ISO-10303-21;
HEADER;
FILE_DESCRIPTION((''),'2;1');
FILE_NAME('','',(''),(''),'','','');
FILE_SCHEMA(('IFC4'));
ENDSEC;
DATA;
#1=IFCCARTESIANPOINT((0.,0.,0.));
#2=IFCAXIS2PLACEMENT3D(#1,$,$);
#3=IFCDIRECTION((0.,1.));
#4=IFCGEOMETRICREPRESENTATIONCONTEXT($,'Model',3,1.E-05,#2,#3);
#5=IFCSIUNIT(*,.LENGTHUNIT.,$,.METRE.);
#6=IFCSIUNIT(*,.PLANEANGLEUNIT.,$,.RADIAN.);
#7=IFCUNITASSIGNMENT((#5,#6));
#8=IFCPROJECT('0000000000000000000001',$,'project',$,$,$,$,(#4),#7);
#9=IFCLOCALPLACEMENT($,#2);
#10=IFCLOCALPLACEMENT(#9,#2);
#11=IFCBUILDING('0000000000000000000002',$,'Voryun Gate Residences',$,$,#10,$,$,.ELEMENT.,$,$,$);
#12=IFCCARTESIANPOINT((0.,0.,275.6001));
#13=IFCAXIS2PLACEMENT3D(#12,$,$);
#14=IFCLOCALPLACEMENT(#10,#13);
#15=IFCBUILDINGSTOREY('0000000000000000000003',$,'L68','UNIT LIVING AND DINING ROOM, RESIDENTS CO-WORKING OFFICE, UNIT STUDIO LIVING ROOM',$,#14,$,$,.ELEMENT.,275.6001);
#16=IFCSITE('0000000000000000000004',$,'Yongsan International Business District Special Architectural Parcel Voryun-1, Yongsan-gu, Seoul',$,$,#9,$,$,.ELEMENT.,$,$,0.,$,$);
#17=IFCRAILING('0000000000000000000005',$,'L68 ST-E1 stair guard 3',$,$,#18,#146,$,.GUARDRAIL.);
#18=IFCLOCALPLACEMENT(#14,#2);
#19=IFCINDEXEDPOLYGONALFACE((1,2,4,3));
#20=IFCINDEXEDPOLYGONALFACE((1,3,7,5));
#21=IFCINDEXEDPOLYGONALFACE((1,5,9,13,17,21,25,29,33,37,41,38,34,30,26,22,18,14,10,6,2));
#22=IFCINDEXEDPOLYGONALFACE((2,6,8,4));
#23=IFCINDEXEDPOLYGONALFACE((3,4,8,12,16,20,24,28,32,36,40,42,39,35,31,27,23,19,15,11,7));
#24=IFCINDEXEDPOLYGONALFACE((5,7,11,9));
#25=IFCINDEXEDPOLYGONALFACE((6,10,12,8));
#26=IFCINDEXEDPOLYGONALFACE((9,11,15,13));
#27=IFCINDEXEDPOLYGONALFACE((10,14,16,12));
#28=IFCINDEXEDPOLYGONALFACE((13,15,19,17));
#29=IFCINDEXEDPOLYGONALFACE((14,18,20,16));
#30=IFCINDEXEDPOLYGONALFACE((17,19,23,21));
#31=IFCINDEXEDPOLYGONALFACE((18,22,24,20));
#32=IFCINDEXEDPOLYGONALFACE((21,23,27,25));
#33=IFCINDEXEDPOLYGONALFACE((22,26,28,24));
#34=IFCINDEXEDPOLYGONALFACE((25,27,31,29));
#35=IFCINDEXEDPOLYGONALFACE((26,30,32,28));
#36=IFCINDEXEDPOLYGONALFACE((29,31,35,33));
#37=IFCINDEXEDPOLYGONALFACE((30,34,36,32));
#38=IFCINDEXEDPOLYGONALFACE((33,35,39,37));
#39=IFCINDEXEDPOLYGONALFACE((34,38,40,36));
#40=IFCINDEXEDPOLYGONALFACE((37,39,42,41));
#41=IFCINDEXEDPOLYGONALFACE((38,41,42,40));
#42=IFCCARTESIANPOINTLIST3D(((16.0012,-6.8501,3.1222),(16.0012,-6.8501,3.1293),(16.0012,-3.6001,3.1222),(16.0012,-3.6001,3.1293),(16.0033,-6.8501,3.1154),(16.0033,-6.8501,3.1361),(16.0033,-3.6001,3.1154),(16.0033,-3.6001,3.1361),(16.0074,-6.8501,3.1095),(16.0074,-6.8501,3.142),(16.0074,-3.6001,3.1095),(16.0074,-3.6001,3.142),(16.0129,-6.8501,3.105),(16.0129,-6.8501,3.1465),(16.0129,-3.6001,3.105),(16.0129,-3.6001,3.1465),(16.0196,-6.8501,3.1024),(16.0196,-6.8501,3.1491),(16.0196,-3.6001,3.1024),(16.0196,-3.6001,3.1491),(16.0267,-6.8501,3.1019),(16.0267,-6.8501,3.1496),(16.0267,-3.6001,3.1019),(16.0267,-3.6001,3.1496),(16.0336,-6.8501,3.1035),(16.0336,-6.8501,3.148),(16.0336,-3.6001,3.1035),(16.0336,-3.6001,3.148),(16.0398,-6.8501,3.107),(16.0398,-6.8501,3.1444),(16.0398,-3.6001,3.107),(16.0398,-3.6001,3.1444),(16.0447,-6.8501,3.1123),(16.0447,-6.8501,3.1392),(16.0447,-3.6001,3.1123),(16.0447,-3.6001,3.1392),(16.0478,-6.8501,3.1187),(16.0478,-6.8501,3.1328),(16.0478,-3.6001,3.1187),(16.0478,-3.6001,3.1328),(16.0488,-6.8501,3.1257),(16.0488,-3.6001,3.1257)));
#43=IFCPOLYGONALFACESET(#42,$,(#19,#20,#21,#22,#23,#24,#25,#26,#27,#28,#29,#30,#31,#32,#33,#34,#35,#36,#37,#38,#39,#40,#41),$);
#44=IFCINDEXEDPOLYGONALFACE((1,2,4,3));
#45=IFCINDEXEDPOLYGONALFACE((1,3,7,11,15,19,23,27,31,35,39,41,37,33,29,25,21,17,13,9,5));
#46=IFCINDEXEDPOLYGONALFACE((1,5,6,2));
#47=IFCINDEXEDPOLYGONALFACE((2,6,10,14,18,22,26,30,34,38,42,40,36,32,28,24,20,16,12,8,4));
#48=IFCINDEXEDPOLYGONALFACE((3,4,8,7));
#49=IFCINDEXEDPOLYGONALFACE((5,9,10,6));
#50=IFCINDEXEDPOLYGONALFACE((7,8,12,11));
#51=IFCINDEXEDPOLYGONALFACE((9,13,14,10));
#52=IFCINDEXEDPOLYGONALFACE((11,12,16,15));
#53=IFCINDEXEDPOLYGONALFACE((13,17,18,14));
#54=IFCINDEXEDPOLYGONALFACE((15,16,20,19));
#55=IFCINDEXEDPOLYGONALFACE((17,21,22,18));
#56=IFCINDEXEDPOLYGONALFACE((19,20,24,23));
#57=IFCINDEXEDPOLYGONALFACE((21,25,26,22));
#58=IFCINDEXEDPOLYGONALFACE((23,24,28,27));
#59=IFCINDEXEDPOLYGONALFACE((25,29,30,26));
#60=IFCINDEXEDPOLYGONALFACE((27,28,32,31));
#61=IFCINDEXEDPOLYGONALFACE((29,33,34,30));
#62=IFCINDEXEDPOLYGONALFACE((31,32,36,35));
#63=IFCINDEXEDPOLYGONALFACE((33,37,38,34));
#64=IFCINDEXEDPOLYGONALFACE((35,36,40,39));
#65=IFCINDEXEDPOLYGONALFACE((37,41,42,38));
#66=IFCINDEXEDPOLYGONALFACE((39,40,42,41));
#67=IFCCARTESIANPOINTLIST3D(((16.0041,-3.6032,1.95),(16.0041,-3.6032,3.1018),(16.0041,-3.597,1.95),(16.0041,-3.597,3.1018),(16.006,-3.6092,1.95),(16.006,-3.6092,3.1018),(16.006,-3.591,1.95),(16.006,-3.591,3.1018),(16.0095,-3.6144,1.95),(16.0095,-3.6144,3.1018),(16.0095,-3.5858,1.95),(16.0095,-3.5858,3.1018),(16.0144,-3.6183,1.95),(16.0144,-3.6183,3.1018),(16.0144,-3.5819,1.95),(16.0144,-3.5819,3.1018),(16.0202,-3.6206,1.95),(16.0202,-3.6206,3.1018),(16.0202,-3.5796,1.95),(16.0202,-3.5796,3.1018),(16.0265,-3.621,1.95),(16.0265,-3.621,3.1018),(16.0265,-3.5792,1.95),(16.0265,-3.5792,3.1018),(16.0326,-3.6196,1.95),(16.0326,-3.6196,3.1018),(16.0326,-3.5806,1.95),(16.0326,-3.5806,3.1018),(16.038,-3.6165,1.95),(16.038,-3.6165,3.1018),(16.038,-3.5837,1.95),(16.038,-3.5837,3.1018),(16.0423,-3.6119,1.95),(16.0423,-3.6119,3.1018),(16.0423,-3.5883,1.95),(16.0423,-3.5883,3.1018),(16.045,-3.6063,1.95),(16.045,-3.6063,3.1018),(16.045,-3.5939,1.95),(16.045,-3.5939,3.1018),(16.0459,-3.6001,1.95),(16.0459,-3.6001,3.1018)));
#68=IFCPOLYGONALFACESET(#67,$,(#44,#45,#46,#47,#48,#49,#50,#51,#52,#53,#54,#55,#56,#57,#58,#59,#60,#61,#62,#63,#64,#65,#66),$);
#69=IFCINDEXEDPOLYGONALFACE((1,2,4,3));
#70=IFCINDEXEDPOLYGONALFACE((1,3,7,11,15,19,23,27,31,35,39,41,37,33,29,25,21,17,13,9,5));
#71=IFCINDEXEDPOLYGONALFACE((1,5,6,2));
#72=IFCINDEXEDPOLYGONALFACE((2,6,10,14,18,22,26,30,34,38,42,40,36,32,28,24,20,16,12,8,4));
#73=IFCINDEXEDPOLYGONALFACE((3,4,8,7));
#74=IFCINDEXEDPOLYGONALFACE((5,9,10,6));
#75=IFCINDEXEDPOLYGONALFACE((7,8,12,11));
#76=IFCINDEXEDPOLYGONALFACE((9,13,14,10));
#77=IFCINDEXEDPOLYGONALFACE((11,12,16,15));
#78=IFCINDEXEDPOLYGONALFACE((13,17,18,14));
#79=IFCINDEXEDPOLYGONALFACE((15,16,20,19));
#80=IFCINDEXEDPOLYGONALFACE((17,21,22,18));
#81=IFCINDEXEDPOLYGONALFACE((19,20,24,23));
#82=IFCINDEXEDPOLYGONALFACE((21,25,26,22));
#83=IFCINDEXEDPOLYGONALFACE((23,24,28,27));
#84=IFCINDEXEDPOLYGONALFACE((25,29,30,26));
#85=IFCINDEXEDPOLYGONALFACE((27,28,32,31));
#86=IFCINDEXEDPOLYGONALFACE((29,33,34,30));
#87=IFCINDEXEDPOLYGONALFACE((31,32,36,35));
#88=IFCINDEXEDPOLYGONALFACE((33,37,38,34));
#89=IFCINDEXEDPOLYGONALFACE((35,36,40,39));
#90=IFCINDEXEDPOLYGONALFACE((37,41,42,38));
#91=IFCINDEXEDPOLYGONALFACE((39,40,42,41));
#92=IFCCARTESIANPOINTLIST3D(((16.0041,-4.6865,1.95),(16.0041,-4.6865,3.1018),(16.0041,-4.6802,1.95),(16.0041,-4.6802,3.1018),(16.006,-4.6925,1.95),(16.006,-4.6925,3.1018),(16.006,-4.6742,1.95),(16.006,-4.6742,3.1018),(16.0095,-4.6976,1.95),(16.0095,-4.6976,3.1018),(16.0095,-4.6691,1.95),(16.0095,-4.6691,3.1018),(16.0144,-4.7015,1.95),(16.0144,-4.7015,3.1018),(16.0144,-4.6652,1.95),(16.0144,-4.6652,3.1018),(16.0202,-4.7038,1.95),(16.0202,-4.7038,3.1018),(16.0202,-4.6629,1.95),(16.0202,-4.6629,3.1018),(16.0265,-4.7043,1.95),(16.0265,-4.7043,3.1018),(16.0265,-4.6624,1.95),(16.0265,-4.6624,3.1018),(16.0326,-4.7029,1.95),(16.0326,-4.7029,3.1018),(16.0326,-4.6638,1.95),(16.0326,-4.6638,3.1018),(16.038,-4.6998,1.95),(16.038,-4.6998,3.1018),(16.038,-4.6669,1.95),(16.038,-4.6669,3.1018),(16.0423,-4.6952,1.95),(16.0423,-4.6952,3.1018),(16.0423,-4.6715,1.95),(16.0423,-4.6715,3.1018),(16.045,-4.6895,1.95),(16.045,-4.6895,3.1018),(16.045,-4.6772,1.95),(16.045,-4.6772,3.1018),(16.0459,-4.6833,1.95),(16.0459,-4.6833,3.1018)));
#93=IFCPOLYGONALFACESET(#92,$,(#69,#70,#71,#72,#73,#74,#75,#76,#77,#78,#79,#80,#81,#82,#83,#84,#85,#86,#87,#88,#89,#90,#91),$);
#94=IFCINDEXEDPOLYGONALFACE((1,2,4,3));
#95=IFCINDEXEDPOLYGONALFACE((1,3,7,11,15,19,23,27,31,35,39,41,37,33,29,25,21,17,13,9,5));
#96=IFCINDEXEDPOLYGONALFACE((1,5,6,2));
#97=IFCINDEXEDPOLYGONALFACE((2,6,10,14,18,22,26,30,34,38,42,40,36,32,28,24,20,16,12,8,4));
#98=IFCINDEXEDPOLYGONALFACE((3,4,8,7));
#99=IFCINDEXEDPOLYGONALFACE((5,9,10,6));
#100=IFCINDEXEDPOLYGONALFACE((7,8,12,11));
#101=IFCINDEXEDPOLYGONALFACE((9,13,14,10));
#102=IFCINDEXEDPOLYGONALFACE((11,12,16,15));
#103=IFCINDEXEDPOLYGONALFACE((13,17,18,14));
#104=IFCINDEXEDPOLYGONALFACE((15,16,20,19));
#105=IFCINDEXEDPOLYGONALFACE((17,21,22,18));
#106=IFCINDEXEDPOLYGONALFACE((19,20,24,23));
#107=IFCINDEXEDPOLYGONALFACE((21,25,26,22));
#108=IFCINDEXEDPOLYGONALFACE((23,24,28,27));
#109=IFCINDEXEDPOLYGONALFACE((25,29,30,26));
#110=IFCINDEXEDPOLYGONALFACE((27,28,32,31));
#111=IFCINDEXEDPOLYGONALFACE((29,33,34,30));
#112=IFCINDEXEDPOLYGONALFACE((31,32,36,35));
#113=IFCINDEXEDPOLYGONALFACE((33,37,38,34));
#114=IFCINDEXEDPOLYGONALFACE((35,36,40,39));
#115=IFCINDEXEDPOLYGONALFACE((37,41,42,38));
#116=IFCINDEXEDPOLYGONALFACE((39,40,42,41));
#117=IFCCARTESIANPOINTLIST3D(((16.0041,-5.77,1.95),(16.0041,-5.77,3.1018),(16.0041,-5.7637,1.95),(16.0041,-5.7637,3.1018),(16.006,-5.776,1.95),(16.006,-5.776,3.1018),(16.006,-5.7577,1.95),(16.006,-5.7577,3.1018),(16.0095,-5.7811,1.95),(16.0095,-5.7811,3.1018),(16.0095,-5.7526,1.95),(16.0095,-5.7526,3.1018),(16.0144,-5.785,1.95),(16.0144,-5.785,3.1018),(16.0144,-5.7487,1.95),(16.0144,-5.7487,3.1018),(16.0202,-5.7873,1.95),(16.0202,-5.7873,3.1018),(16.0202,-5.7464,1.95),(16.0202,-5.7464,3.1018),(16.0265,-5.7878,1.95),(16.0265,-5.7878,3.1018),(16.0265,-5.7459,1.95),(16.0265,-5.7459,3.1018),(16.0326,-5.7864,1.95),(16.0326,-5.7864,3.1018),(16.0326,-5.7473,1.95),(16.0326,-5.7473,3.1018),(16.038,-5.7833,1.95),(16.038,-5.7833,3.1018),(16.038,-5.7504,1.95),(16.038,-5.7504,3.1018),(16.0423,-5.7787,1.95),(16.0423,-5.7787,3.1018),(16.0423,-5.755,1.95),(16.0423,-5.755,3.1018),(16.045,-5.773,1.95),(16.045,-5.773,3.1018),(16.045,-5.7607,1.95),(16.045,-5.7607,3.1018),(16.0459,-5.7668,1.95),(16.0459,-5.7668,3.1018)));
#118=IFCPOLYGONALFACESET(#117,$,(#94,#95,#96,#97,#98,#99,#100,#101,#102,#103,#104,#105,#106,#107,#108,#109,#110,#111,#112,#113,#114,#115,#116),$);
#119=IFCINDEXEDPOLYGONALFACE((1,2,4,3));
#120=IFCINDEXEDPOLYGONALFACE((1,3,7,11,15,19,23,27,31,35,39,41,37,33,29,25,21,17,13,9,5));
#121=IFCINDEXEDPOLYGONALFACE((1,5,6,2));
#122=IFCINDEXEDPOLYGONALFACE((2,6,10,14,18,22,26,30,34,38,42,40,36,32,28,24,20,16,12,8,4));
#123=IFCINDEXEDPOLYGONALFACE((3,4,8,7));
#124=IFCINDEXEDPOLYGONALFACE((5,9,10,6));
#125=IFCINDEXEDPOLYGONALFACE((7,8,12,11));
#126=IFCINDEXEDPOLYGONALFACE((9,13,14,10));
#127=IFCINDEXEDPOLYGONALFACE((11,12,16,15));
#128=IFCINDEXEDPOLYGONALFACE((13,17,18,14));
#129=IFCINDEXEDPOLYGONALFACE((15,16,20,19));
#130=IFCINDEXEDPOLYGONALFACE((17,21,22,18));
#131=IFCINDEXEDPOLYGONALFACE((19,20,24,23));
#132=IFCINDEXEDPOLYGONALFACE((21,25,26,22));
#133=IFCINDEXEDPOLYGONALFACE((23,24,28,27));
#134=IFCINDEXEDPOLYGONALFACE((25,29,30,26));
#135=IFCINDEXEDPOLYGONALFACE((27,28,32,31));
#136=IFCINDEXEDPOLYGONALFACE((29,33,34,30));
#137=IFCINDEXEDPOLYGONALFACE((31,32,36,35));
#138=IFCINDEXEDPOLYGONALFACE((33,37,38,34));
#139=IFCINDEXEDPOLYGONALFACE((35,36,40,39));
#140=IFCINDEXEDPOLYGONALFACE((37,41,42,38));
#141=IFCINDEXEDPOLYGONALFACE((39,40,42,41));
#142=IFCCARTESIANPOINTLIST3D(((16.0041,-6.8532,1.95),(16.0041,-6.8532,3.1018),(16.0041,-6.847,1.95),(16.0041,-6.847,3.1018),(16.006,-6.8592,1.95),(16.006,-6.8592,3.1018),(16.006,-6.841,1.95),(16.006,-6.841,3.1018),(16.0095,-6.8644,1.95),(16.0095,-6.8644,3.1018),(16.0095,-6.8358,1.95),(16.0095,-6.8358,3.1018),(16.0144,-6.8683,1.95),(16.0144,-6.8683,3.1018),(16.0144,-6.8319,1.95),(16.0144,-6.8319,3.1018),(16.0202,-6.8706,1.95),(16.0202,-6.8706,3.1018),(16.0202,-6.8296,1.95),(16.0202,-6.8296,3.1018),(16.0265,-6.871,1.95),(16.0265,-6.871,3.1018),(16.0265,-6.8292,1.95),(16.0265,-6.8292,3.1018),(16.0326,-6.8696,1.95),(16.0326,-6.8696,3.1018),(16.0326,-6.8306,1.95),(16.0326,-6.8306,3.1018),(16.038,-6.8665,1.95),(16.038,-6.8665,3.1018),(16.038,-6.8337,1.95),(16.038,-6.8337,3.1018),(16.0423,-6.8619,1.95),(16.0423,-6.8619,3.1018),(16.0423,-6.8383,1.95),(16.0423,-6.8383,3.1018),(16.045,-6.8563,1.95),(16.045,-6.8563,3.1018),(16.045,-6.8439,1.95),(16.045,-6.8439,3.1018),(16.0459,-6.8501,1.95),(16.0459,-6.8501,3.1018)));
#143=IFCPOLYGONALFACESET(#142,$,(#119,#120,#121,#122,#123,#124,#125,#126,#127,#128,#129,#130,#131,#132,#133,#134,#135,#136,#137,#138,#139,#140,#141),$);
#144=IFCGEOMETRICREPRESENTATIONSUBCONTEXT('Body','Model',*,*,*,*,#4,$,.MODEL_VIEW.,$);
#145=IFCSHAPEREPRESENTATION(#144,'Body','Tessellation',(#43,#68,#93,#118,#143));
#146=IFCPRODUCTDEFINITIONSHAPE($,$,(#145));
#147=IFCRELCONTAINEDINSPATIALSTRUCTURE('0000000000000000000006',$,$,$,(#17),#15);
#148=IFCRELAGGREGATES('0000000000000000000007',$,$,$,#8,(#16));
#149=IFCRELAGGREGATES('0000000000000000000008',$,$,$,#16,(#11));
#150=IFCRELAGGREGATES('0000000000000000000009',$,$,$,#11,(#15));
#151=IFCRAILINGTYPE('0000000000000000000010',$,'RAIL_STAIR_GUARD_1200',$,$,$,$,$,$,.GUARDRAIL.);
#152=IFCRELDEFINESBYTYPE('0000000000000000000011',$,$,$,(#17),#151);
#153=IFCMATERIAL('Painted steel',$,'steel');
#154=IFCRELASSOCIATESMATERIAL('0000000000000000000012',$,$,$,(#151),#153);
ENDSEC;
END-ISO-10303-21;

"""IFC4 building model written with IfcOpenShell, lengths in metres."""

from ifc_helpers import new_model, si_unit, direction, frame, origin, origin_2d, place, context, subcontext, project, spatial, circle, extrude, material, type_object, element, save


model = new_model("IFC4")

# Units and contexts
model_context = context("Model", 3, precision=1e-05, world=origin(), true_north=direction((0.0, 1.0)))
body_context = subcontext(model_context, "Body", "Model", "MODEL_VIEW")
ifc_project = project(units=[si_unit("LENGTHUNIT", "METRE"), si_unit("PLANEANGLEUNIT", "RADIAN")], contexts=[model_context])

# Site, building, storey
site_placement = place(None, origin())
site = spatial("IfcSite", under=ifc_project, at=site_placement, Name="Yongsan International Business District Special Architectural Parcel Voryun-1, Yongsan-gu, Seoul", CompositionType="ELEMENT", RefElevation=0.0)
building_placement = place(site_placement, origin())
building = spatial("IfcBuilding", under=site, at=building_placement, Name="Voryun Gate Residences", CompositionType="ELEMENT")
storey_placement = place(building_placement, frame((0.0, 0.0, 275.6001)))
storey = spatial("IfcBuildingStorey", under=building, at=storey_placement, Name="L68", Description="UNIT LIVING AND DINING ROOM, RESIDENTS CO-WORKING OFFICE, UNIT STUDIO LIVING ROOM", CompositionType="ELEMENT", Elevation=275.6001)

# Railing
ifc_material_1 = material(Name="Painted steel", Category="steel")
railing_type_1 = type_object("IfcRailingType", Name="RAIL_STAIR_GUARD_1200", PredefinedType="GUARDRAIL", material=ifc_material_1)
for number, where, name in (
    (1, (16.0249, -3.6001, 1.95), "L68 ST-E1 stair guard 3"),
):
    element("IfcRailing", number, at=place(storey_placement, frame(where)), inside=storey, type_object=railing_type_1, Name=name, PredefinedType="GUARDRAIL", context=body_context, shape_type="SweptSolid", body=[
        extrude(circle(Radius=0.0239, at=origin_2d()), frame((0.0, 0.0, 1.1758), z_axis=(0.0, -1.0, 0.0), x_axis=(1.0, 0.0, 0.0)), (0.0, 0.0, 1.0), 3.25),
        extrude(circle(Radius=0.021, at=origin_2d()), origin(), (0.0, 0.0, 1.0), 1.1519),
        extrude(circle(Radius=0.021, at=origin_2d()), frame((0.0, -1.0833, 0.0)), (0.0, 0.0, 1.0), 1.1519),
        extrude(circle(Radius=0.021, at=origin_2d()), frame((0.0, -2.1667, 0.0)), (0.0, 0.0, 1.0), 1.1519),
        extrude(circle(Radius=0.021, at=origin_2d()), frame((0.0, -3.25, 0.0)), (0.0, 0.0, 1.0), 1.1519),
    ])

save(model, "model.ifc")
